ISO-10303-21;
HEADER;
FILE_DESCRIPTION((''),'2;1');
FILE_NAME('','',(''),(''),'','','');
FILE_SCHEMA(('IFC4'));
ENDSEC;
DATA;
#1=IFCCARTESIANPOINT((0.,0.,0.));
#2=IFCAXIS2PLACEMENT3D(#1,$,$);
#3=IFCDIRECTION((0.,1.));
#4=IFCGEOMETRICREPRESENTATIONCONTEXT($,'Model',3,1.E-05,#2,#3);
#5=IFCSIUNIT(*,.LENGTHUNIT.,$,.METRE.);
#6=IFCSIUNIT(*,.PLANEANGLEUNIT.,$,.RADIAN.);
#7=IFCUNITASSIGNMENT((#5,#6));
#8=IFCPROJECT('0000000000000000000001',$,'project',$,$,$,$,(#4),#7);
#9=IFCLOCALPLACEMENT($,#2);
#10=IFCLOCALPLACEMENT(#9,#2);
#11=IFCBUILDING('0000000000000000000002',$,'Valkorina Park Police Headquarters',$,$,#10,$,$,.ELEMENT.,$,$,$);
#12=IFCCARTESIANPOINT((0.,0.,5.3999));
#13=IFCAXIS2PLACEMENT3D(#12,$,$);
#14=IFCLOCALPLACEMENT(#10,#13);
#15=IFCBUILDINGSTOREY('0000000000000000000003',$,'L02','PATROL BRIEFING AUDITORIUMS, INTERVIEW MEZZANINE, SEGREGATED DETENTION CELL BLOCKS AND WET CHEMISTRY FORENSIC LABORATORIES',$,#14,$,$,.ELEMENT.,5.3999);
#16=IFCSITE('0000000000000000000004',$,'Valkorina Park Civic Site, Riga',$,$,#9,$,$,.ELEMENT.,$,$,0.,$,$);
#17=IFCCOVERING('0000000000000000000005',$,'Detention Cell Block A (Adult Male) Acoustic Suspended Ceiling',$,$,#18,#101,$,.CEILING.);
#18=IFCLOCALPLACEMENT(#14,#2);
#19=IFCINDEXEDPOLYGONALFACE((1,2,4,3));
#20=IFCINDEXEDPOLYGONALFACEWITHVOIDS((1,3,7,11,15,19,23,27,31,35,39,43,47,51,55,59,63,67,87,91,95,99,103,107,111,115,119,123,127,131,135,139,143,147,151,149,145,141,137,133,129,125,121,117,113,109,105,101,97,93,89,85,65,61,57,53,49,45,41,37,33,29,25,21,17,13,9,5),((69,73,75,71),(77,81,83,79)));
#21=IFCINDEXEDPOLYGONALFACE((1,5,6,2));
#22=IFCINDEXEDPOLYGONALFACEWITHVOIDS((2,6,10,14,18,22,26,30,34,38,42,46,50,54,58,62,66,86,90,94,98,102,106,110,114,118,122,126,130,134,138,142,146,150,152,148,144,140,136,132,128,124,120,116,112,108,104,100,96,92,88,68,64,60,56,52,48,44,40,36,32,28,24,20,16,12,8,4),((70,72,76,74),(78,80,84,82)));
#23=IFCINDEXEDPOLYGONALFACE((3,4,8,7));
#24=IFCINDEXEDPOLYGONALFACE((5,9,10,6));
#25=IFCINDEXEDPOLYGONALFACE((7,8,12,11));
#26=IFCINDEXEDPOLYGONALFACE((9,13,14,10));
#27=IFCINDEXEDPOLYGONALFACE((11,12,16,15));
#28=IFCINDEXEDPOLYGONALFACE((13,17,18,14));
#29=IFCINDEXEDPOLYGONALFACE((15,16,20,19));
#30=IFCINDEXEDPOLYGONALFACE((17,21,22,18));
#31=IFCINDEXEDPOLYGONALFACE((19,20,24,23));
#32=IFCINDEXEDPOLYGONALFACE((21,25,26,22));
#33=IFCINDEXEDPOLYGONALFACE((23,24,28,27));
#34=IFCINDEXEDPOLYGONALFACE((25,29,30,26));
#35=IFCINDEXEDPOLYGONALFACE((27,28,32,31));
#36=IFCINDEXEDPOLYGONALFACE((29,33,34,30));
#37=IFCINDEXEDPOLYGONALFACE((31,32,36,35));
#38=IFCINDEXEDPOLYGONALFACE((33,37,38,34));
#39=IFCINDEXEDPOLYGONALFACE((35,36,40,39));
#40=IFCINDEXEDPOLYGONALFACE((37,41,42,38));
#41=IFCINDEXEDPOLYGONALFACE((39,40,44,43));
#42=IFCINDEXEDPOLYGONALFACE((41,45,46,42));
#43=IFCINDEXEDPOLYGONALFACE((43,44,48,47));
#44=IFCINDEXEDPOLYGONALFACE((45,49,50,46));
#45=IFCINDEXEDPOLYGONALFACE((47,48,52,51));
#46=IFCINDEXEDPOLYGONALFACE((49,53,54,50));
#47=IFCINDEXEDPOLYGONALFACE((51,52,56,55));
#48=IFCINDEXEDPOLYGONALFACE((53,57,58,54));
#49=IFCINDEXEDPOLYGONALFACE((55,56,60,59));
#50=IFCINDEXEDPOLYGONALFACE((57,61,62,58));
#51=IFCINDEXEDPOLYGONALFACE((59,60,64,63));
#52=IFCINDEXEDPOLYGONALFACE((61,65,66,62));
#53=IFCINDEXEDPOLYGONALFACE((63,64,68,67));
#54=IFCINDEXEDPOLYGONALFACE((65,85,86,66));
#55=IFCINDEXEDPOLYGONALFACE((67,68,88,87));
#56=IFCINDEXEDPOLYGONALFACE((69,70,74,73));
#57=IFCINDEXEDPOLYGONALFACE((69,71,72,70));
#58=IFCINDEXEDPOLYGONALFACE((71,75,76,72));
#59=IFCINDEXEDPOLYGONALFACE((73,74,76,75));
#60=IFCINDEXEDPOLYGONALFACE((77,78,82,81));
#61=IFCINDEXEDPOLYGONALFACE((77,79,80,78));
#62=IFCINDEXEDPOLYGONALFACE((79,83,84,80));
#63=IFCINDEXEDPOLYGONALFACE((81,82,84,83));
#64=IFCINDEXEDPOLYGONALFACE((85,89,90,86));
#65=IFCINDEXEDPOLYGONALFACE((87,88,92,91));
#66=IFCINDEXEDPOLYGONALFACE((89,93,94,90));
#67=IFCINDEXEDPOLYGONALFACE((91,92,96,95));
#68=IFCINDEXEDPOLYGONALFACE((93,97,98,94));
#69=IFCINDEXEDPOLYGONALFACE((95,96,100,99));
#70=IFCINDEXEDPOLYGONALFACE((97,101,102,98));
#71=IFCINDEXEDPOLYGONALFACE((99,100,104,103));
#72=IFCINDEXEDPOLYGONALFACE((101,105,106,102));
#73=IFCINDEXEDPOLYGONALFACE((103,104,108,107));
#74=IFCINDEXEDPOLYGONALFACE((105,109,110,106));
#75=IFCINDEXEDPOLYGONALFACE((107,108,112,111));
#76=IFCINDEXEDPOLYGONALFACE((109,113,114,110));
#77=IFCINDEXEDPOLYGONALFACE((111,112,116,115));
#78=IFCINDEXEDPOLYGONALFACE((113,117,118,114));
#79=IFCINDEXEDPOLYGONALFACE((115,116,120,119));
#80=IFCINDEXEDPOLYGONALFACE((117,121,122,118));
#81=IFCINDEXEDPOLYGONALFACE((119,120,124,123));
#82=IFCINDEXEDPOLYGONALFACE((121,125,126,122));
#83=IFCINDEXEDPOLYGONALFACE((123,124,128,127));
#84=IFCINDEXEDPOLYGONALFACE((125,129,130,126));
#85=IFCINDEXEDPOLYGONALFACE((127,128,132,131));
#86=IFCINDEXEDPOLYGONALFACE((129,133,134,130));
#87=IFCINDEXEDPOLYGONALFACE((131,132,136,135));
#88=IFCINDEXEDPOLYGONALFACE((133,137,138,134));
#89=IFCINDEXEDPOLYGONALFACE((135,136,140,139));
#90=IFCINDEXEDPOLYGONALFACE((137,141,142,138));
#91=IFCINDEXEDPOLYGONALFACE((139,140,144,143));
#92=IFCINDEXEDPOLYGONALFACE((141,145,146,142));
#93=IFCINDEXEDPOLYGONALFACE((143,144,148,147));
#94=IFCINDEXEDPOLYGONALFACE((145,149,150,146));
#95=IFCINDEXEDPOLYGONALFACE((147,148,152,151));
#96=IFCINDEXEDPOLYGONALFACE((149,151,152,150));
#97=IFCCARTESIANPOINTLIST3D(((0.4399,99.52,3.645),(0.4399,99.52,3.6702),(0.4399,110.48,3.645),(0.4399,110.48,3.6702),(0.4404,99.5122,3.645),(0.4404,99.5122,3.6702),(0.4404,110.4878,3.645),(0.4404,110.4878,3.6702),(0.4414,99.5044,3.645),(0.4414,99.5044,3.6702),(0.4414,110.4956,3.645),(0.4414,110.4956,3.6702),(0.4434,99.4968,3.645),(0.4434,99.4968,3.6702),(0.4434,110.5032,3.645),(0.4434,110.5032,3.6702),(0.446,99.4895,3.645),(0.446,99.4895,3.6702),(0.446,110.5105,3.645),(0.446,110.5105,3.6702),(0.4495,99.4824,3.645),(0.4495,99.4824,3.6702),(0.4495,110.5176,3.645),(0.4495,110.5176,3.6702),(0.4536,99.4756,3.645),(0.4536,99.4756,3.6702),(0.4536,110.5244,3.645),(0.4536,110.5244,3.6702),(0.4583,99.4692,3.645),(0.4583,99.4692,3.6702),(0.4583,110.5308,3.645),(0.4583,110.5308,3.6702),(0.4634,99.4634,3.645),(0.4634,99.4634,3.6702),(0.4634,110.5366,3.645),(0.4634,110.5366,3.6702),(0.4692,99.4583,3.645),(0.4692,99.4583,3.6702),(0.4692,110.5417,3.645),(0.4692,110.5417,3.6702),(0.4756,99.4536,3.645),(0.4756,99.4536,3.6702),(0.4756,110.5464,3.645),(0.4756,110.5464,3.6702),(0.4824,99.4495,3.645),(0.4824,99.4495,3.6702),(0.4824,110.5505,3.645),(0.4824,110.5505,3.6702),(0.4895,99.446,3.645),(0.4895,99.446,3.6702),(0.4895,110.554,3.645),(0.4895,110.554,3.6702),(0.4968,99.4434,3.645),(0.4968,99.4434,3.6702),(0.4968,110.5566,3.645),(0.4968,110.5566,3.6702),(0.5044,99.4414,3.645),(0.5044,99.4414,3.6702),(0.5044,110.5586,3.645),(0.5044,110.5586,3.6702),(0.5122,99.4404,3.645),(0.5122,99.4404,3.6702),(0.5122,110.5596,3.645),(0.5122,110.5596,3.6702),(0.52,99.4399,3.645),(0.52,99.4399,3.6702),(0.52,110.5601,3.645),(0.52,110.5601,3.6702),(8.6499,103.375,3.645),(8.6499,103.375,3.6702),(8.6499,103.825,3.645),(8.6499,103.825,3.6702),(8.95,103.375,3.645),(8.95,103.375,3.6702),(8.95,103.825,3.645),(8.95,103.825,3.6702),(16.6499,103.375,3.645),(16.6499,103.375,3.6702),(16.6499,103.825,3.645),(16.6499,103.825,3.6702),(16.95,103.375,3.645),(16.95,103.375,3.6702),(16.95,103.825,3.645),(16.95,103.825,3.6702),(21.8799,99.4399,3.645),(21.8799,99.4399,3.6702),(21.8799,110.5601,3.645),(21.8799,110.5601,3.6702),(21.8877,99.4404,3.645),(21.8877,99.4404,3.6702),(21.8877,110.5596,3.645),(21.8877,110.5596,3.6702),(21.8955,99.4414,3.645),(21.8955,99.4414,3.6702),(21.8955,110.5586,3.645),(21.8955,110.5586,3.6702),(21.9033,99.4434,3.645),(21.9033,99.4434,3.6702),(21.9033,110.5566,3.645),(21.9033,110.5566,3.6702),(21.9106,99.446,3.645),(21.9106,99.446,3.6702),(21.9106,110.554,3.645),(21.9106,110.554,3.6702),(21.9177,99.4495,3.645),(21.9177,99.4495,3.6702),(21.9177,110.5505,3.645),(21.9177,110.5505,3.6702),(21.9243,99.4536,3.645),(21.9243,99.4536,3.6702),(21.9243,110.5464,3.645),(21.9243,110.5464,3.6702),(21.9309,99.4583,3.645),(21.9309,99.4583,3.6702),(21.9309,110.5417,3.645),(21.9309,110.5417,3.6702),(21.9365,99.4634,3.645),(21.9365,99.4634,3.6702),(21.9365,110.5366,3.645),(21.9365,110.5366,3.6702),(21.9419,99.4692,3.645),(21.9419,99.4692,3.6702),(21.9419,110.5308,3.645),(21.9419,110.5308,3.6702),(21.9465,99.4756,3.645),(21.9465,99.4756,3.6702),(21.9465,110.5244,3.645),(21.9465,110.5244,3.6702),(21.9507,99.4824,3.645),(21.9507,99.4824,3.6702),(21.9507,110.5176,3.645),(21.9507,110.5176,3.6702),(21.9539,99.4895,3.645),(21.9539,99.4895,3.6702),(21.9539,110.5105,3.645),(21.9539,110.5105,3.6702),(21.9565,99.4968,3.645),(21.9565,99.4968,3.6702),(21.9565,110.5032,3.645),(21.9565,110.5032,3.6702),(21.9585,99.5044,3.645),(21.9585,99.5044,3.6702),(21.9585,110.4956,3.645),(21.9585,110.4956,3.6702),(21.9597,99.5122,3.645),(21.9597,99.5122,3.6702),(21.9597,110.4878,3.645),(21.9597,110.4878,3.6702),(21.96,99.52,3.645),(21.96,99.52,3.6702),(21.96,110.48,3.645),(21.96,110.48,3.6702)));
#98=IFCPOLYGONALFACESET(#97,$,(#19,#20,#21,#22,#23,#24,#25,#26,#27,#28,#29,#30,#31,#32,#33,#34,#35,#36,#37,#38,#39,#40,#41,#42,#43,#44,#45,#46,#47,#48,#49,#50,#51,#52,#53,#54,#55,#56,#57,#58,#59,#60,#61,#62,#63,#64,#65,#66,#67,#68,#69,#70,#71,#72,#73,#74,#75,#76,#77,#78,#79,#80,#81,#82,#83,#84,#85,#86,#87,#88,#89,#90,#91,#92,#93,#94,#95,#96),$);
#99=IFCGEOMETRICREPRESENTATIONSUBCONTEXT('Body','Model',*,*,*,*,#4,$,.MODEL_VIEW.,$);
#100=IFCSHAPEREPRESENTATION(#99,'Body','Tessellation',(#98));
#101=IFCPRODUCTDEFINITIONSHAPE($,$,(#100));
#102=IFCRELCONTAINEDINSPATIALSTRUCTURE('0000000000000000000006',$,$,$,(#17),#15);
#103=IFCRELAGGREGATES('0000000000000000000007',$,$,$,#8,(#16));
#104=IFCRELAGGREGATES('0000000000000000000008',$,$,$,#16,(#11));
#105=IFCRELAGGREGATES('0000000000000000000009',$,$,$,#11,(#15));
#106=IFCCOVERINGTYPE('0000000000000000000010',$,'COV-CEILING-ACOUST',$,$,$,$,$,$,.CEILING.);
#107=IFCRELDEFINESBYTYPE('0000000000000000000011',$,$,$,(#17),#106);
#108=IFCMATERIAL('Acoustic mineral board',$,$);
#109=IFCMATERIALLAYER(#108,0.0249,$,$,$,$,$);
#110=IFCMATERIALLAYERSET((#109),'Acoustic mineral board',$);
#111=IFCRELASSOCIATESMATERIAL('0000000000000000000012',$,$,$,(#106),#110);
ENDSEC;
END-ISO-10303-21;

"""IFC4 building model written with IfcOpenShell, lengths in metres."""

from ifc_helpers import new_model, si_unit, direction, frame, origin, place, context, subcontext, project, spatial, polyline, outline, extrude, material, layer, layer_set, type_object, element, save


model = new_model("IFC4")

# Units and contexts
model_context = context("Model", 3, precision=1e-05, world=origin(), true_north=direction((0.0, 1.0)))
body_context = subcontext(model_context, "Body", "Model", "MODEL_VIEW")
ifc_project = project(units=[si_unit("LENGTHUNIT", "METRE"), si_unit("PLANEANGLEUNIT", "RADIAN")], contexts=[model_context])

# Site, building, storey
site_placement = place(None, origin())
site = spatial("IfcSite", under=ifc_project, at=site_placement, Name="Valkorina Park Civic Site, Riga", CompositionType="ELEMENT", RefElevation=0.0)
building_placement = place(site_placement, origin())
building = spatial("IfcBuilding", under=site, at=building_placement, Name="Valkorina Park Police Headquarters", CompositionType="ELEMENT")
storey_placement = place(building_placement, frame((0.0, 0.0, 5.3999)))
storey = spatial("IfcBuildingStorey", under=building, at=storey_placement, Name="L02", Description="PATROL BRIEFING AUDITORIUMS, INTERVIEW MEZZANINE, SEGREGATED DETENTION CELL BLOCKS AND WET CHEMISTRY FORENSIC LABORATORIES", CompositionType="ELEMENT", Elevation=5.3999)

# Covering
ifc_material_1 = material(Name="Acoustic mineral board")
ifc_layer_1 = layer(ifc_material_1, 0.0249)
ifc_layer_set_1 = layer_set([ifc_layer_1], Name="Acoustic mineral board")
covering_type_1 = type_object("IfcCoveringType", Name="COV-CEILING-ACOUST", PredefinedType="CEILING", material=ifc_layer_set_1)
covering_1_placement = place(storey_placement, frame((0.0, 0.0, 3.645)))
element("IfcCovering", 1, at=covering_1_placement, inside=storey, type_object=covering_type_1, Name="Detention Cell Block A (Adult Male) Acoustic Suspended Ceiling", PredefinedType="CEILING", context=body_context, shape_type="SweptSolid", body=[
    extrude(outline(polyline([(21.9585, 99.5044), (21.9597, 99.5122), (21.96, 99.52), (21.96, 110.48), (21.9597, 110.4878), (21.9585, 110.4956), (21.9565, 110.5032), (21.9539, 110.5105), (21.9507, 110.5176), (21.9465, 110.5244), (21.9419, 110.5308), (21.9365, 110.5366), (21.9309, 110.5417), (21.9243, 110.5464), (21.9177, 110.5505), (21.9106, 110.554), (21.9033, 110.5566), (21.8955, 110.5586), (21.8877, 110.5596), (21.8799, 110.5601), (0.52, 110.5601), (0.5122, 110.5596), (0.5044, 110.5586), (0.4968, 110.5566), (0.4895, 110.554), (0.4824, 110.5505), (0.4756, 110.5464), (0.4692, 110.5417), (0.4634, 110.5366), (0.4583, 110.5308), (0.4536, 110.5244), (0.4495, 110.5176), (0.446, 110.5105), (0.4434, 110.5032), (0.4414, 110.4956), (0.4404, 110.4878), (0.4399, 110.48), (0.4399, 99.52), (0.4404, 99.5122), (0.4414, 99.5044), (0.4434, 99.4968), (0.446, 99.4895), (0.4495, 99.4824), (0.4536, 99.4756), (0.4583, 99.4692), (0.4634, 99.4634), (0.4692, 99.4583), (0.4756, 99.4536), (0.4824, 99.4495), (0.4895, 99.446), (0.4968, 99.4434), (0.5044, 99.4414), (0.5122, 99.4404), (0.52, 99.4399), (21.8799, 99.4399), (21.8877, 99.4404), (21.8955, 99.4414), (21.9033, 99.4434), (21.9106, 99.446), (21.9177, 99.4495), (21.9243, 99.4536), (21.9309, 99.4583), (21.9365, 99.4634), (21.9419, 99.4692), (21.9465, 99.4756), (21.9507, 99.4824), (21.9539, 99.4895), (21.9565, 99.4968), (21.9585, 99.5044)]), holes=[polyline([(16.95, 103.375), (16.6499, 103.375), (16.6499, 103.825), (16.95, 103.825), (16.95, 103.375)]), polyline([(8.95, 103.375), (8.6499, 103.375), (8.6499, 103.825), (8.95, 103.825), (8.95, 103.375)])]), origin(), (0.0, 0.0, 1.0), 0.0251),
])

save(model, "model.ifc")
